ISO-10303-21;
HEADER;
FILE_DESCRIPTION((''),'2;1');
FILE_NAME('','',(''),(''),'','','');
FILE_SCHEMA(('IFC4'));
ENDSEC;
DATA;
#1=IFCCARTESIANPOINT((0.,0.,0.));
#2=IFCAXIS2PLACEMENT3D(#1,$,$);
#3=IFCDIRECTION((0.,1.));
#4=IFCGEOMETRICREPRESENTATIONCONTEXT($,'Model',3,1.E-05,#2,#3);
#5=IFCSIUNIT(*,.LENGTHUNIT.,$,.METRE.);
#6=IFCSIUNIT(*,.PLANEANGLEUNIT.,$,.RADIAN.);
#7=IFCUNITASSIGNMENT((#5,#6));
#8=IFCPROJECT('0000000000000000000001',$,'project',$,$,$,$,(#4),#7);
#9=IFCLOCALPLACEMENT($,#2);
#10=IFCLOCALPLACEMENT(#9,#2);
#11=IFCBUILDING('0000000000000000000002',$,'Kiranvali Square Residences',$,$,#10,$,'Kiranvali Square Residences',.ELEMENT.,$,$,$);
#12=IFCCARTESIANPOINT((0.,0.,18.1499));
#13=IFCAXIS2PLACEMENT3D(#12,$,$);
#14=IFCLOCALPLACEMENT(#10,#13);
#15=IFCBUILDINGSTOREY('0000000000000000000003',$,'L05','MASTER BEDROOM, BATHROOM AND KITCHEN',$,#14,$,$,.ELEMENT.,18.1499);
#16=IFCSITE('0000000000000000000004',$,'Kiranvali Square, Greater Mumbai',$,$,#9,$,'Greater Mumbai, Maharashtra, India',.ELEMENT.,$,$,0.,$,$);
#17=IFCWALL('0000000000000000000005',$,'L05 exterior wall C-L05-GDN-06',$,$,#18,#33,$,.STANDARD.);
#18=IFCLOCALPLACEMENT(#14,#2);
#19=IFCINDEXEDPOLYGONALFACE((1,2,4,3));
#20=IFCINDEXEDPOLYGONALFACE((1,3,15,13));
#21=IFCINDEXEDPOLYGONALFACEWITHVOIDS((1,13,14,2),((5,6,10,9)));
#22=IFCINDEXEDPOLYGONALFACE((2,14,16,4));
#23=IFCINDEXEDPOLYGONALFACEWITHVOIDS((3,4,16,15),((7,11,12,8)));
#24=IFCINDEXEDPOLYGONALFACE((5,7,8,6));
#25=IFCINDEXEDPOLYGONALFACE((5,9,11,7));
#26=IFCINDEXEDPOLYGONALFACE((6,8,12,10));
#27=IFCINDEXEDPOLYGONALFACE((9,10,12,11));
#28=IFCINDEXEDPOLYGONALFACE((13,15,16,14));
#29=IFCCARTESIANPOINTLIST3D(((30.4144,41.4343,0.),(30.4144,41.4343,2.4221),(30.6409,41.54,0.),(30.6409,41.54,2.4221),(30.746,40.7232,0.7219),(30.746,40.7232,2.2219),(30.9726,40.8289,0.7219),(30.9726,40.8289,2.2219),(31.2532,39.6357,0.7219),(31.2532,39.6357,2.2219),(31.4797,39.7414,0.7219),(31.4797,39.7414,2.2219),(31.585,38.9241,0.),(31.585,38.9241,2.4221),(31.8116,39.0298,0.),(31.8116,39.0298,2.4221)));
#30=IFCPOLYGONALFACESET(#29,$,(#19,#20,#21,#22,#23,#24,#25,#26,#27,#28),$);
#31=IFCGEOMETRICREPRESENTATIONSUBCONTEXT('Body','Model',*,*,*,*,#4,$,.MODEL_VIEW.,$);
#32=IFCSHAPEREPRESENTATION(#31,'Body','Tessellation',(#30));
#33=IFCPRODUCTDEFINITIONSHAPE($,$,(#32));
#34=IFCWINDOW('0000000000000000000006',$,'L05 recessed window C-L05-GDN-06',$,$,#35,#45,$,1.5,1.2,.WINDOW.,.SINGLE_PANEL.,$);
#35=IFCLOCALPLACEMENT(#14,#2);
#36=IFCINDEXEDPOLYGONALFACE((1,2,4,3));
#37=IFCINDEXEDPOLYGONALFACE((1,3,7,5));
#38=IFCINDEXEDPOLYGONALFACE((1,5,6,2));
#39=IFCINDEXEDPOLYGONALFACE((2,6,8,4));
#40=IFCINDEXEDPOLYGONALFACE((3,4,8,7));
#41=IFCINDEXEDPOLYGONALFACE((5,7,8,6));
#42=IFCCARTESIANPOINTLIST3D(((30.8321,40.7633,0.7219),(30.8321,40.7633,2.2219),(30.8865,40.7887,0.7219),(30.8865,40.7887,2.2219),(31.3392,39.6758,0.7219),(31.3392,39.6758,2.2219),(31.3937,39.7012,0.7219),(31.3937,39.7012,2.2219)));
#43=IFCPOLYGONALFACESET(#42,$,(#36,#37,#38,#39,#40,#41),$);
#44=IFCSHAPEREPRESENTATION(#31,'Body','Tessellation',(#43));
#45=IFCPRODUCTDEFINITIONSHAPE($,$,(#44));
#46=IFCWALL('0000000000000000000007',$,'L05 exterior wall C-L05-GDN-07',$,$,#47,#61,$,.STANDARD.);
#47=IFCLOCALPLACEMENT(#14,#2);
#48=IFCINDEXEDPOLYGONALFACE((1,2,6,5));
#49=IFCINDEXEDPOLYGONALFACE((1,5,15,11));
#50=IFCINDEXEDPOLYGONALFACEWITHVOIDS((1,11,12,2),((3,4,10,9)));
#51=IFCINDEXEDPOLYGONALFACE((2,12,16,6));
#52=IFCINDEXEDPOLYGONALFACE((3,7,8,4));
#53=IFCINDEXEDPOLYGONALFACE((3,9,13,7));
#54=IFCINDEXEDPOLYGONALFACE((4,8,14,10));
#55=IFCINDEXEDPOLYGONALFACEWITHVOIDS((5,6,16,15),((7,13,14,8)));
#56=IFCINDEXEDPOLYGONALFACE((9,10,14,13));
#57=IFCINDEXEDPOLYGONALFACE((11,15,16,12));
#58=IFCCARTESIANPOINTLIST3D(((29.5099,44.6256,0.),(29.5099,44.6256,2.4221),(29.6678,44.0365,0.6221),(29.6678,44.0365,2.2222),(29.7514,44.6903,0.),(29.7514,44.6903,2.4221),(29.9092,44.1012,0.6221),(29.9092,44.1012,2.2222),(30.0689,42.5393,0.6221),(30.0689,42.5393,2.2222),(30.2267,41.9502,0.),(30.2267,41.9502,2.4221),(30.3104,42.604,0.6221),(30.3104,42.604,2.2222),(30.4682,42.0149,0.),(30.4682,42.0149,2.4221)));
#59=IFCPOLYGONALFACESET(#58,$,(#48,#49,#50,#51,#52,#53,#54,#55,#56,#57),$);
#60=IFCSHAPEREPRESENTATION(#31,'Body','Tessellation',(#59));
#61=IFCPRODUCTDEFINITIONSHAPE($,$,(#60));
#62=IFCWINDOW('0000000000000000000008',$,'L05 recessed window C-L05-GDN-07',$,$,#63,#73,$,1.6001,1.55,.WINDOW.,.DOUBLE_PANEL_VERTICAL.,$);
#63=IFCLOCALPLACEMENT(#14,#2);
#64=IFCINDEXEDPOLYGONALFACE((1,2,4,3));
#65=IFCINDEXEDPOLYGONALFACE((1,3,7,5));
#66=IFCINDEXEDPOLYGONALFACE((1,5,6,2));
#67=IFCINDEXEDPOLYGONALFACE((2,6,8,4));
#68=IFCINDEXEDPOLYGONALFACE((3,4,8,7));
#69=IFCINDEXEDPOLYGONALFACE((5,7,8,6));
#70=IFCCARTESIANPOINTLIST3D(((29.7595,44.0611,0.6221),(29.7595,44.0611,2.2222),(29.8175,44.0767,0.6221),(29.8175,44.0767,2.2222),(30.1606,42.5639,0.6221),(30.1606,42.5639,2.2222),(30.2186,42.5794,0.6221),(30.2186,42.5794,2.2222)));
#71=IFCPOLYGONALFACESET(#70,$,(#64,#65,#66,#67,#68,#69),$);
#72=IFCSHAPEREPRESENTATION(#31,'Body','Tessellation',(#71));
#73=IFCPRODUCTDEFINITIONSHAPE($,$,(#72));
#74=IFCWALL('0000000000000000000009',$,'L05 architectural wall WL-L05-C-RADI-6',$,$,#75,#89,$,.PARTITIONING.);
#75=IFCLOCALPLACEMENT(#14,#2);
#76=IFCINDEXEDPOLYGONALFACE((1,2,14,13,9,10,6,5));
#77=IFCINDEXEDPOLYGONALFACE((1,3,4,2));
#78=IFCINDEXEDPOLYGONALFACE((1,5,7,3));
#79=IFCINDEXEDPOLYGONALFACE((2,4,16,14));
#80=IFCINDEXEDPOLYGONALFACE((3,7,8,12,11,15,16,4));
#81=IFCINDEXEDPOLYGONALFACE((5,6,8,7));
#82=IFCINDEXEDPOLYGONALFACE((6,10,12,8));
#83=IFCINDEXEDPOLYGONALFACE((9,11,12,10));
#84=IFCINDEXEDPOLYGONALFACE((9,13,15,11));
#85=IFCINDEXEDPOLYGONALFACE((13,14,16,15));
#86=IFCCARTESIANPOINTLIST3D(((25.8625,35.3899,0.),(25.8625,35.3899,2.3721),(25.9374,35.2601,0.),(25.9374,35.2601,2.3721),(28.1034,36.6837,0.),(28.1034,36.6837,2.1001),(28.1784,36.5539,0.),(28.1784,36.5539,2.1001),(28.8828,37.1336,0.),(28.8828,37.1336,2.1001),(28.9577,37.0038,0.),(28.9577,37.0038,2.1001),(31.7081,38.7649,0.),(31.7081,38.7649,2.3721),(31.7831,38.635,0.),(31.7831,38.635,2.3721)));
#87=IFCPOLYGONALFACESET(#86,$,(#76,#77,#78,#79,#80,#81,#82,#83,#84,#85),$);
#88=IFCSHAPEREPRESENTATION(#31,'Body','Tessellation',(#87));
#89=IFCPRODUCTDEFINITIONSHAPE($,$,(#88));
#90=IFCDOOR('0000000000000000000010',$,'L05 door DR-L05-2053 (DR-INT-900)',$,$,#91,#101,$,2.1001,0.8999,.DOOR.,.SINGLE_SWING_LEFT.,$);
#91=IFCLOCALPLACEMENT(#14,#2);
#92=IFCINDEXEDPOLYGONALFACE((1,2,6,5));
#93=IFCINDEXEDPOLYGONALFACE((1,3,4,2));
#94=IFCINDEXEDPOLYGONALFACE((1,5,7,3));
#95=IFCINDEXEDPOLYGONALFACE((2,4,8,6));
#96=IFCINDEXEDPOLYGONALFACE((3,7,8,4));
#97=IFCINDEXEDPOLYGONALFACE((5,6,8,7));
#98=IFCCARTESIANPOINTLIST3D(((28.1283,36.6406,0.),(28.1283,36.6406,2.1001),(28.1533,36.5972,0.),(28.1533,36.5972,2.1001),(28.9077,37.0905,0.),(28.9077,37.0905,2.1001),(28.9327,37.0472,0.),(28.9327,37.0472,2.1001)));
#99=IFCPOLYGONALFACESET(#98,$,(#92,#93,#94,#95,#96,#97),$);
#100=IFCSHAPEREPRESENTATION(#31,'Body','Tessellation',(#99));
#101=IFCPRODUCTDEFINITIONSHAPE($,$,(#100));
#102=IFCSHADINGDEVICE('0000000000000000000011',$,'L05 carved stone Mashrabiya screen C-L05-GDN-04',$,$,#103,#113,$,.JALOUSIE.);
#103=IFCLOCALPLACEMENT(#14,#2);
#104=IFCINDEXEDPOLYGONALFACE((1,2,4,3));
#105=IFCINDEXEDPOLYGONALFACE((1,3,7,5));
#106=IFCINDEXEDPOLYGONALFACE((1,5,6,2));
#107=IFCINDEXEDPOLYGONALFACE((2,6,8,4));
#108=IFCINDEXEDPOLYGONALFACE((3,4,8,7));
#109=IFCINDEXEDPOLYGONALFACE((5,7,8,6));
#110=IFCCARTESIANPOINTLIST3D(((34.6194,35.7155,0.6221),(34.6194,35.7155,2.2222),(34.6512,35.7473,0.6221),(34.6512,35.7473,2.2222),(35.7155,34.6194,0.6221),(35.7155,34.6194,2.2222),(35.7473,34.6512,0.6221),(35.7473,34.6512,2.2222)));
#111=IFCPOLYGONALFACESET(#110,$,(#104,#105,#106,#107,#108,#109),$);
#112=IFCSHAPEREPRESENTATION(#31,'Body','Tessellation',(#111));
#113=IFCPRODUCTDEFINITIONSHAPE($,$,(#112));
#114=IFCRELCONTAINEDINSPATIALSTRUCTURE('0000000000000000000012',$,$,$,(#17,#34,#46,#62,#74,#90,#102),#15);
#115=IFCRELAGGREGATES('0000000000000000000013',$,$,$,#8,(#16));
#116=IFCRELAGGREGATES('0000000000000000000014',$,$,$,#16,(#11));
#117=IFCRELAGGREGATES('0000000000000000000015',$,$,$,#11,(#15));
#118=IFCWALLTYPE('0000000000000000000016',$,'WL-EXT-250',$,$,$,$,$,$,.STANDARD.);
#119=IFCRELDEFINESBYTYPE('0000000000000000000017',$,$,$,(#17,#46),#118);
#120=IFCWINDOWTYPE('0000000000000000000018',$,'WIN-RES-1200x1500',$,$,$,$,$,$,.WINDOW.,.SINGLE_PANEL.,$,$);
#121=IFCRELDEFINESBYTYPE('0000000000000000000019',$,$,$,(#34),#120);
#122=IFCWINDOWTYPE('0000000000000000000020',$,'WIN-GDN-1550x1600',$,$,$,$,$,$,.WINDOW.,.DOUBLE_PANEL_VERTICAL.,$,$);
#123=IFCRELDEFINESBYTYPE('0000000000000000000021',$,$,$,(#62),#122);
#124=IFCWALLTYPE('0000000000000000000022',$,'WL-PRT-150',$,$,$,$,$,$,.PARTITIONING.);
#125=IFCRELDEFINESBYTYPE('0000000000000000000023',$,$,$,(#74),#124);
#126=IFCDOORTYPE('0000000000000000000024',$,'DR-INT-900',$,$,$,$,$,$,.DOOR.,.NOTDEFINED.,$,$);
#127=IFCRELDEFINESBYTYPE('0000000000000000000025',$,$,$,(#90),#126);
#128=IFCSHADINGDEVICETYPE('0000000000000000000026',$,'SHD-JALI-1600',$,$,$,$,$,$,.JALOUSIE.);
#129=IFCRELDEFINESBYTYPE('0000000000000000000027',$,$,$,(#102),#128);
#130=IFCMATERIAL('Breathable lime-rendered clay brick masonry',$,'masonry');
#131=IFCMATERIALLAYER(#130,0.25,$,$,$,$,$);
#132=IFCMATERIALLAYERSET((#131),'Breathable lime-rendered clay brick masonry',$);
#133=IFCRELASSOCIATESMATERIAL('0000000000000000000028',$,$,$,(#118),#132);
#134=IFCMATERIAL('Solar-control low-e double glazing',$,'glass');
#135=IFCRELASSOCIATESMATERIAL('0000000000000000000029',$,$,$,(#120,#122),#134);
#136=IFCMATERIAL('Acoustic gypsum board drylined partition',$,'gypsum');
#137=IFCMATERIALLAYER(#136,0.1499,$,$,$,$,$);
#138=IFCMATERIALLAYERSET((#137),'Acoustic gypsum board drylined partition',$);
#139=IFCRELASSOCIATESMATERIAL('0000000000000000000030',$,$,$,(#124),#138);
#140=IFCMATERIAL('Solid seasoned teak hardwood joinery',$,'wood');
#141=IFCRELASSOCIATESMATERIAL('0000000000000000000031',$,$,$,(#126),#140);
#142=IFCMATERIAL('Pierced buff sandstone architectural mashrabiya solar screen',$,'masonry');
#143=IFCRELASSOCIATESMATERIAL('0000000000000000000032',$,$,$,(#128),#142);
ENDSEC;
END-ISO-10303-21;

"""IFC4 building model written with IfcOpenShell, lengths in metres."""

from ifc_helpers import new_model, si_unit, direction, frame, frame_2d, origin, origin_2d, place, context, subcontext, project, spatial, rectangle, extrude, material, layer, layer_set, type_object, element, fill, save


model = new_model("IFC4")

# Units and contexts
model_context = context("Model", 3, precision=1e-05, world=origin(), true_north=direction((0.0, 1.0)))
body_context = subcontext(model_context, "Body", "Model", "MODEL_VIEW")
ifc_project = project(units=[si_unit("LENGTHUNIT", "METRE"), si_unit("PLANEANGLEUNIT", "RADIAN")], contexts=[model_context])

# Site, building, storey
site_placement = place(None, origin())
site = spatial("IfcSite", under=ifc_project, at=site_placement, Name="Kiranvali Square, Greater Mumbai", LongName="Greater Mumbai, Maharashtra, India", CompositionType="ELEMENT", RefElevation=0.0)
building_placement = place(site_placement, origin())
building = spatial("IfcBuilding", under=site, at=building_placement, Name="Kiranvali Square Residences", LongName="Kiranvali Square Residences", CompositionType="ELEMENT")
storey_placement = place(building_placement, frame((0.0, 0.0, 18.1499)))
storey = spatial("IfcBuildingStorey", under=building, at=storey_placement, Name="L05", Description="MASTER BEDROOM, BATHROOM AND KITCHEN", CompositionType="ELEMENT", Elevation=18.1499)

# Shared definitions
ifc_material_1 = material(Name="Breathable lime-rendered clay brick masonry", Category="masonry")
ifc_layer_1 = layer(ifc_material_1, 0.25)
ifc_layer_set_1 = layer_set([ifc_layer_1], Name="Breathable lime-rendered clay brick masonry")
wall_type_1 = type_object("IfcWallType", Name="WL-EXT-250", PredefinedType="STANDARD", material=ifc_layer_set_1)

# Walls, openings, windows
wall_1_placement = place(storey_placement, frame((31.6982, 38.9771, 0.0), z_axis=(0.0, 0.0, 1.0), x_axis=(-0.422649, 0.906293, 0.0)))
wall_1 = element("IfcWall", 1, at=wall_1_placement, inside=storey, type_object=wall_type_1, Name="L05 exterior wall C-L05-GDN-06", PredefinedType="STANDARD", context=body_context, shape_type="SweptSolid", body=[
    extrude(rectangle(XDim=2.7698, YDim=0.25, at=frame_2d((1.3848, 0.0))), origin(), (0.0, 0.0, 1.0), 2.4221),
])
opening_1_placement = place(wall_1_placement, frame((0.7849, 0.0, 0.7219)))
opening_1 = element("IfcOpeningElement", 2, at=opening_1_placement, cuts=wall_1, PredefinedType="OPENING", context=body_context, shape_type="SweptSolid", body=[
    extrude(rectangle(XDim=1.2, YDim=1.5, at=frame_2d((0.6001, 0.75))), frame((0.0, 0.135, 0.0), z_axis=(0.0, -1.0, 0.0), x_axis=(1.0, 0.0, 0.0)), (0.0, 0.0, 1.0), 0.27),
])
ifc_material_2 = material(Name="Solar-control low-e double glazing", Category="glass")
window_type_1 = type_object("IfcWindowType", Name="WIN-RES-1200x1500", PartitioningType="SINGLE_PANEL", PredefinedType="WINDOW", material=ifc_material_2)
window_1_placement = place(opening_1_placement, origin())
window_1 = element("IfcWindow", 3, at=window_1_placement, inside=storey, type_object=window_type_1, Name="L05 recessed window C-L05-GDN-06", OverallHeight=1.5, OverallWidth=1.2, PartitioningType="SINGLE_PANEL", PredefinedType="WINDOW", context=body_context, shape_type="SweptSolid", body=[
    extrude(rectangle(XDim=1.2, YDim=1.5, at=frame_2d((0.6001, 0.75))), frame((0.0, 0.03, 0.0), z_axis=(0.0, -1.0, 0.0), x_axis=(1.0, 0.0, 0.0)), (0.0, 0.0, 1.0), 0.0601),
])
fill(opening_1, window_1)
wall_2_placement = place(storey_placement, frame((30.3474, 41.9827, 0.0), z_axis=(0.0, 0.0, 1.0), x_axis=(-0.258782, 0.965936, 0.0)))
wall_2 = element("IfcWall", 4, at=wall_2_placement, inside=storey, type_object=wall_type_1, Name="L05 exterior wall C-L05-GDN-07", PredefinedType="STANDARD", context=body_context, shape_type="SweptSolid", body=[
    extrude(rectangle(XDim=2.7698, YDim=0.25, at=frame_2d((1.3848, 0.0))), origin(), (0.0, 0.0, 1.0), 2.4221),
])
opening_2_placement = place(wall_2_placement, frame((0.6099, 0.0, 0.6221)))
opening_2 = element("IfcOpeningElement", 5, at=opening_2_placement, cuts=wall_2, PredefinedType="OPENING", context=body_context, shape_type="SweptSolid", body=[
    extrude(rectangle(XDim=1.55, YDim=1.6001, at=frame_2d((0.7749, 0.8))), frame((0.0, 0.135, 0.0), z_axis=(0.0, -1.0, 0.0), x_axis=(1.0, 0.0, 0.0)), (0.0, 0.0, 1.0), 0.27),
])
window_type_2 = type_object("IfcWindowType", Name="WIN-GDN-1550x1600", PartitioningType="DOUBLE_PANEL_VERTICAL", PredefinedType="WINDOW", material=ifc_material_2)
window_2_placement = place(opening_2_placement, origin())
window_2 = element("IfcWindow", 6, at=window_2_placement, inside=storey, type_object=window_type_2, Name="L05 recessed window C-L05-GDN-07", OverallHeight=1.6001, OverallWidth=1.55, PartitioningType="DOUBLE_PANEL_VERTICAL", PredefinedType="WINDOW", context=body_context, shape_type="SweptSolid", body=[
    extrude(rectangle(XDim=1.55, YDim=1.6001, at=frame_2d((0.7749, 0.8))), frame((0.0, 0.03, 0.0), z_axis=(0.0, -1.0, 0.0), x_axis=(1.0, 0.0, 0.0)), (0.0, 0.0, 1.0), 0.0601),
])
fill(opening_2, window_2)

# Wall, opening, door
ifc_material_3 = material(Name="Acoustic gypsum board drylined partition", Category="gypsum")
ifc_layer_2 = layer(ifc_material_3, 0.1499)
ifc_layer_set_2 = layer_set([ifc_layer_2], Name="Acoustic gypsum board drylined partition")
wall_type_2 = type_object("IfcWallType", Name="WL-PRT-150", PredefinedType="PARTITIONING", material=ifc_layer_set_2)
wall_3_placement = place(storey_placement, frame((31.7456, 38.7, 0.0), z_axis=(0.0, 0.0, 1.0), x_axis=(-0.866027, -0.499998, 0.0)))
wall_3 = element("IfcWall", 7, at=wall_3_placement, inside=storey, type_object=wall_type_2, Name="L05 architectural wall WL-L05-C-RADI-6", PredefinedType="PARTITIONING", context=body_context, shape_type="SweptSolid", body=[
    extrude(rectangle(XDim=6.75, YDim=0.1499, at=frame_2d((3.375, 0.0))), origin(), (0.0, 0.0, 1.0), 2.3721),
])
opening_3_placement = place(wall_3_placement, frame((3.2625, 0.0, 0.0)))
opening_3 = element("IfcOpeningElement", 8, at=opening_3_placement, cuts=wall_3, PredefinedType="OPENING", context=body_context, shape_type="SweptSolid", body=[
    extrude(rectangle(XDim=0.8999, YDim=2.1001, at=frame_2d((0.45, 1.05))), frame((0.0, 0.085, 0.0), z_axis=(0.0, -1.0, 0.0), x_axis=(1.0, 0.0, 0.0)), (0.0, 0.0, 1.0), 0.1699),
])
ifc_material_4 = material(Name="Solid seasoned teak hardwood joinery", Category="wood")
door_type_1 = type_object("IfcDoorType", Name="DR-INT-900", OperationType="NOTDEFINED", PredefinedType="DOOR", material=ifc_material_4)
door_1_placement = place(opening_3_placement, origin())
door_1 = element("IfcDoor", 9, at=door_1_placement, inside=storey, type_object=door_type_1, Name="L05 door DR-L05-2053 (DR-INT-900)", OperationType="SINGLE_SWING_LEFT", OverallHeight=2.1001, OverallWidth=0.8999, PredefinedType="DOOR", context=body_context, shape_type="SweptSolid", body=[
    extrude(rectangle(XDim=0.8999, YDim=2.1001, at=frame_2d((0.45, 1.05))), frame((0.0, 0.0249, 0.0), z_axis=(0.0, -1.0, 0.0), x_axis=(1.0, 0.0, 0.0)), (0.0, 0.0, 1.0), 0.05),
])
fill(opening_3, door_1)

# Shading device
ifc_material_5 = material(Name="Pierced buff sandstone architectural mashrabiya solar screen", Category="masonry")
shading_device_type = type_object("IfcShadingDeviceType", Name="SHD-JALI-1600", PredefinedType="JALOUSIE", material=ifc_material_5)
shading_device_placement = place(storey_placement, frame((35.1833, 35.1833, 0.6221), z_axis=(0.0, 0.0, 1.0), x_axis=(-0.707107, 0.707107, 0.0)))
element("IfcShadingDevice", 10, at=shading_device_placement, inside=storey, type_object=shading_device_type, Name="L05 carved stone Mashrabiya screen C-L05-GDN-04", PredefinedType="JALOUSIE", context=body_context, shape_type="SweptSolid", body=[
    extrude(rectangle(XDim=1.55, YDim=0.0449, at=origin_2d()), origin(), (0.0, 0.0, 1.0), 1.6001),
])

save(model, "model.ifc")
